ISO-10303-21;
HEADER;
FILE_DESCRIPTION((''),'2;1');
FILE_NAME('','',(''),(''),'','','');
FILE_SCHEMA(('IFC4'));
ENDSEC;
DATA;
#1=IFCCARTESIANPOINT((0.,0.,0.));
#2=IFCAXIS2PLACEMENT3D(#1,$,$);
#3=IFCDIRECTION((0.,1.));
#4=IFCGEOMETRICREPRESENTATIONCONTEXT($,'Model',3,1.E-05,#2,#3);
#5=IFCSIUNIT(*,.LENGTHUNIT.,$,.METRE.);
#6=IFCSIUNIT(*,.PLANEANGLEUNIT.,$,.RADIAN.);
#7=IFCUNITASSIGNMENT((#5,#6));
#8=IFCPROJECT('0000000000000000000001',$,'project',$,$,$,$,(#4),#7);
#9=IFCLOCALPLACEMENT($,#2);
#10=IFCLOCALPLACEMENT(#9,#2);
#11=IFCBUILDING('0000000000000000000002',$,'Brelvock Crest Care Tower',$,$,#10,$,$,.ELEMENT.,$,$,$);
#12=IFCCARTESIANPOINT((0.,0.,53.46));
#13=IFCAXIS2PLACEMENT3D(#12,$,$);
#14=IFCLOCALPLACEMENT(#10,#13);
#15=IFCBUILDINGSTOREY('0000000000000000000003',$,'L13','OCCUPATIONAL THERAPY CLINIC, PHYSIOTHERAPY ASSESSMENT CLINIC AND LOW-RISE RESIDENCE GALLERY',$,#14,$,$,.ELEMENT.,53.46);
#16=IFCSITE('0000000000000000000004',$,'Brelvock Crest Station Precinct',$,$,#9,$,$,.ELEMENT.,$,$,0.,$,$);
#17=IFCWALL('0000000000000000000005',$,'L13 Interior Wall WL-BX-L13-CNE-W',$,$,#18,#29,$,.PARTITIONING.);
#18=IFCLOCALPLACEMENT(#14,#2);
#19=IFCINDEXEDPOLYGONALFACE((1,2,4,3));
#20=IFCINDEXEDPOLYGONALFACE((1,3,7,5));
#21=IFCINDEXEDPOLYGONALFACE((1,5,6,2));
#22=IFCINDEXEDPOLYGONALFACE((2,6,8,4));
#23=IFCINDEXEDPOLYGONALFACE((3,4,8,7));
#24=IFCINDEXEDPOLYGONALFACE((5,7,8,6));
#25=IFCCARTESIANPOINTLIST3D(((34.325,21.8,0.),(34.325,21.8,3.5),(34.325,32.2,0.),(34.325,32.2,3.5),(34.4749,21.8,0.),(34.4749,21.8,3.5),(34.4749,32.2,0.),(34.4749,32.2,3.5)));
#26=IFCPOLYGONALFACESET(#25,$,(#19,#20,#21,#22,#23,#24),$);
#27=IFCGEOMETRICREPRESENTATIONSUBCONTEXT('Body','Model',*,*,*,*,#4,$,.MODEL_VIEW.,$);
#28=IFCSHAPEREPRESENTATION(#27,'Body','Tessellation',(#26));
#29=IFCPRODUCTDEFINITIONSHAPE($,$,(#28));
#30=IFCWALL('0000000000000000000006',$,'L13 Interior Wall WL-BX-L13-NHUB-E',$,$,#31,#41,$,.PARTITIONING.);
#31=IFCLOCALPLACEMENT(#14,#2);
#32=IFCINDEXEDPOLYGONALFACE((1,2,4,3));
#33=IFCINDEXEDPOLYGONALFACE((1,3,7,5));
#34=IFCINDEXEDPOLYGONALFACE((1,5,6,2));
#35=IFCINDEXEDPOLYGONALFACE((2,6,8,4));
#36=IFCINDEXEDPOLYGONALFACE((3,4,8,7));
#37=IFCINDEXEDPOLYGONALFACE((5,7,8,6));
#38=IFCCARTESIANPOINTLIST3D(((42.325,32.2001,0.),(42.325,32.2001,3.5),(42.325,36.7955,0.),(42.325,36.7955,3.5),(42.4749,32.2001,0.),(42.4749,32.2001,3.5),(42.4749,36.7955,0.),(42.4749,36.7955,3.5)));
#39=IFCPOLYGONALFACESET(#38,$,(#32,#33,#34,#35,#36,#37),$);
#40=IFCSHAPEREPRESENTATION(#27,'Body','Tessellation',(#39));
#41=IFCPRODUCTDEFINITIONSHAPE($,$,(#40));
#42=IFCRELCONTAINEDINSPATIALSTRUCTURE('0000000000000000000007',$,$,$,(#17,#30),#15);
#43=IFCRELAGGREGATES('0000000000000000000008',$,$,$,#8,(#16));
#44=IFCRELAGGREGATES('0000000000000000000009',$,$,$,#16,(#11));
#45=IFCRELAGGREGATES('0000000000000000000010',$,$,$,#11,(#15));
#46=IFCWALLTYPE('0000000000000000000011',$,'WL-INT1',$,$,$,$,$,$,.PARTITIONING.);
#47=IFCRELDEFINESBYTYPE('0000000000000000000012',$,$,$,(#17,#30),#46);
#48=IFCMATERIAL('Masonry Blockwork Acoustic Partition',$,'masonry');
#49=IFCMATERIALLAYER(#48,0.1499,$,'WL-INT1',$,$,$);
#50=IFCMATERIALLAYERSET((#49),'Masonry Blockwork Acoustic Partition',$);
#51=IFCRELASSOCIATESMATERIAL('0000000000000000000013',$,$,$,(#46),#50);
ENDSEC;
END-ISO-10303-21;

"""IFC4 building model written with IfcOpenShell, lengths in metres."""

from ifc_helpers import new_model, si_unit, direction, frame, frame_2d, origin, place, context, subcontext, project, spatial, rectangle, extrude, material, layer, layer_set, type_object, element, save


model = new_model("IFC4")

# Units and contexts
model_context = context("Model", 3, precision=1e-05, world=origin(), true_north=direction((0.0, 1.0)))
body_context = subcontext(model_context, "Body", "Model", "MODEL_VIEW")
ifc_project = project(units=[si_unit("LENGTHUNIT", "METRE"), si_unit("PLANEANGLEUNIT", "RADIAN")], contexts=[model_context])

# Site, building, storey
site_placement = place(None, origin())
site = spatial("IfcSite", under=ifc_project, at=site_placement, Name="Brelvock Crest Station Precinct", CompositionType="ELEMENT", RefElevation=0.0)
building_placement = place(site_placement, origin())
building = spatial("IfcBuilding", under=site, at=building_placement, Name="Brelvock Crest Care Tower", CompositionType="ELEMENT")
storey_placement = place(building_placement, frame((0.0, 0.0, 53.46)))
storey = spatial("IfcBuildingStorey", under=building, at=storey_placement, Name="L13", Description="OCCUPATIONAL THERAPY CLINIC, PHYSIOTHERAPY ASSESSMENT CLINIC AND LOW-RISE RESIDENCE GALLERY", CompositionType="ELEMENT", Elevation=53.46)

# Shared definitions
ifc_material_1 = material(Name="Masonry Blockwork Acoustic Partition", Category="masonry")
ifc_layer = layer(ifc_material_1, 0.1499, Name="WL-INT1")
ifc_layer_set = layer_set([ifc_layer], Name="Masonry Blockwork Acoustic Partition")
wall_type = type_object("IfcWallType", Name="WL-INT1", PredefinedType="PARTITIONING", material=ifc_layer_set)

# Walls
wall_1_placement = place(storey_placement, frame((34.3999, 21.8, 0.0), z_axis=(0.0, 0.0, 1.0), x_axis=(0.0, 1.0, 0.0)))
element("IfcWall", 1, at=wall_1_placement, inside=storey, type_object=wall_type, Name="L13 Interior Wall WL-BX-L13-CNE-W", PredefinedType="PARTITIONING", context=body_context, shape_type="SweptSolid", body=[
    extrude(rectangle(XDim=10.3999, YDim=0.1499, at=frame_2d((5.2, 0.0))), origin(), (0.0, 0.0, 1.0), 3.5),
])
wall_2_placement = place(storey_placement, frame((42.3999, 32.2, 0.0), z_axis=(0.0, 0.0, 1.0), x_axis=(0.0, 1.0, 0.0)))
element("IfcWall", 2, at=wall_2_placement, inside=storey, type_object=wall_type, Name="L13 Interior Wall WL-BX-L13-NHUB-E", PredefinedType="PARTITIONING", context=body_context, shape_type="SweptSolid", body=[
    extrude(rectangle(XDim=4.5955, YDim=0.1499, at=frame_2d((2.2979, 0.0))), origin(), (0.0, 0.0, 1.0), 3.5),
])

save(model, "model.ifc")
